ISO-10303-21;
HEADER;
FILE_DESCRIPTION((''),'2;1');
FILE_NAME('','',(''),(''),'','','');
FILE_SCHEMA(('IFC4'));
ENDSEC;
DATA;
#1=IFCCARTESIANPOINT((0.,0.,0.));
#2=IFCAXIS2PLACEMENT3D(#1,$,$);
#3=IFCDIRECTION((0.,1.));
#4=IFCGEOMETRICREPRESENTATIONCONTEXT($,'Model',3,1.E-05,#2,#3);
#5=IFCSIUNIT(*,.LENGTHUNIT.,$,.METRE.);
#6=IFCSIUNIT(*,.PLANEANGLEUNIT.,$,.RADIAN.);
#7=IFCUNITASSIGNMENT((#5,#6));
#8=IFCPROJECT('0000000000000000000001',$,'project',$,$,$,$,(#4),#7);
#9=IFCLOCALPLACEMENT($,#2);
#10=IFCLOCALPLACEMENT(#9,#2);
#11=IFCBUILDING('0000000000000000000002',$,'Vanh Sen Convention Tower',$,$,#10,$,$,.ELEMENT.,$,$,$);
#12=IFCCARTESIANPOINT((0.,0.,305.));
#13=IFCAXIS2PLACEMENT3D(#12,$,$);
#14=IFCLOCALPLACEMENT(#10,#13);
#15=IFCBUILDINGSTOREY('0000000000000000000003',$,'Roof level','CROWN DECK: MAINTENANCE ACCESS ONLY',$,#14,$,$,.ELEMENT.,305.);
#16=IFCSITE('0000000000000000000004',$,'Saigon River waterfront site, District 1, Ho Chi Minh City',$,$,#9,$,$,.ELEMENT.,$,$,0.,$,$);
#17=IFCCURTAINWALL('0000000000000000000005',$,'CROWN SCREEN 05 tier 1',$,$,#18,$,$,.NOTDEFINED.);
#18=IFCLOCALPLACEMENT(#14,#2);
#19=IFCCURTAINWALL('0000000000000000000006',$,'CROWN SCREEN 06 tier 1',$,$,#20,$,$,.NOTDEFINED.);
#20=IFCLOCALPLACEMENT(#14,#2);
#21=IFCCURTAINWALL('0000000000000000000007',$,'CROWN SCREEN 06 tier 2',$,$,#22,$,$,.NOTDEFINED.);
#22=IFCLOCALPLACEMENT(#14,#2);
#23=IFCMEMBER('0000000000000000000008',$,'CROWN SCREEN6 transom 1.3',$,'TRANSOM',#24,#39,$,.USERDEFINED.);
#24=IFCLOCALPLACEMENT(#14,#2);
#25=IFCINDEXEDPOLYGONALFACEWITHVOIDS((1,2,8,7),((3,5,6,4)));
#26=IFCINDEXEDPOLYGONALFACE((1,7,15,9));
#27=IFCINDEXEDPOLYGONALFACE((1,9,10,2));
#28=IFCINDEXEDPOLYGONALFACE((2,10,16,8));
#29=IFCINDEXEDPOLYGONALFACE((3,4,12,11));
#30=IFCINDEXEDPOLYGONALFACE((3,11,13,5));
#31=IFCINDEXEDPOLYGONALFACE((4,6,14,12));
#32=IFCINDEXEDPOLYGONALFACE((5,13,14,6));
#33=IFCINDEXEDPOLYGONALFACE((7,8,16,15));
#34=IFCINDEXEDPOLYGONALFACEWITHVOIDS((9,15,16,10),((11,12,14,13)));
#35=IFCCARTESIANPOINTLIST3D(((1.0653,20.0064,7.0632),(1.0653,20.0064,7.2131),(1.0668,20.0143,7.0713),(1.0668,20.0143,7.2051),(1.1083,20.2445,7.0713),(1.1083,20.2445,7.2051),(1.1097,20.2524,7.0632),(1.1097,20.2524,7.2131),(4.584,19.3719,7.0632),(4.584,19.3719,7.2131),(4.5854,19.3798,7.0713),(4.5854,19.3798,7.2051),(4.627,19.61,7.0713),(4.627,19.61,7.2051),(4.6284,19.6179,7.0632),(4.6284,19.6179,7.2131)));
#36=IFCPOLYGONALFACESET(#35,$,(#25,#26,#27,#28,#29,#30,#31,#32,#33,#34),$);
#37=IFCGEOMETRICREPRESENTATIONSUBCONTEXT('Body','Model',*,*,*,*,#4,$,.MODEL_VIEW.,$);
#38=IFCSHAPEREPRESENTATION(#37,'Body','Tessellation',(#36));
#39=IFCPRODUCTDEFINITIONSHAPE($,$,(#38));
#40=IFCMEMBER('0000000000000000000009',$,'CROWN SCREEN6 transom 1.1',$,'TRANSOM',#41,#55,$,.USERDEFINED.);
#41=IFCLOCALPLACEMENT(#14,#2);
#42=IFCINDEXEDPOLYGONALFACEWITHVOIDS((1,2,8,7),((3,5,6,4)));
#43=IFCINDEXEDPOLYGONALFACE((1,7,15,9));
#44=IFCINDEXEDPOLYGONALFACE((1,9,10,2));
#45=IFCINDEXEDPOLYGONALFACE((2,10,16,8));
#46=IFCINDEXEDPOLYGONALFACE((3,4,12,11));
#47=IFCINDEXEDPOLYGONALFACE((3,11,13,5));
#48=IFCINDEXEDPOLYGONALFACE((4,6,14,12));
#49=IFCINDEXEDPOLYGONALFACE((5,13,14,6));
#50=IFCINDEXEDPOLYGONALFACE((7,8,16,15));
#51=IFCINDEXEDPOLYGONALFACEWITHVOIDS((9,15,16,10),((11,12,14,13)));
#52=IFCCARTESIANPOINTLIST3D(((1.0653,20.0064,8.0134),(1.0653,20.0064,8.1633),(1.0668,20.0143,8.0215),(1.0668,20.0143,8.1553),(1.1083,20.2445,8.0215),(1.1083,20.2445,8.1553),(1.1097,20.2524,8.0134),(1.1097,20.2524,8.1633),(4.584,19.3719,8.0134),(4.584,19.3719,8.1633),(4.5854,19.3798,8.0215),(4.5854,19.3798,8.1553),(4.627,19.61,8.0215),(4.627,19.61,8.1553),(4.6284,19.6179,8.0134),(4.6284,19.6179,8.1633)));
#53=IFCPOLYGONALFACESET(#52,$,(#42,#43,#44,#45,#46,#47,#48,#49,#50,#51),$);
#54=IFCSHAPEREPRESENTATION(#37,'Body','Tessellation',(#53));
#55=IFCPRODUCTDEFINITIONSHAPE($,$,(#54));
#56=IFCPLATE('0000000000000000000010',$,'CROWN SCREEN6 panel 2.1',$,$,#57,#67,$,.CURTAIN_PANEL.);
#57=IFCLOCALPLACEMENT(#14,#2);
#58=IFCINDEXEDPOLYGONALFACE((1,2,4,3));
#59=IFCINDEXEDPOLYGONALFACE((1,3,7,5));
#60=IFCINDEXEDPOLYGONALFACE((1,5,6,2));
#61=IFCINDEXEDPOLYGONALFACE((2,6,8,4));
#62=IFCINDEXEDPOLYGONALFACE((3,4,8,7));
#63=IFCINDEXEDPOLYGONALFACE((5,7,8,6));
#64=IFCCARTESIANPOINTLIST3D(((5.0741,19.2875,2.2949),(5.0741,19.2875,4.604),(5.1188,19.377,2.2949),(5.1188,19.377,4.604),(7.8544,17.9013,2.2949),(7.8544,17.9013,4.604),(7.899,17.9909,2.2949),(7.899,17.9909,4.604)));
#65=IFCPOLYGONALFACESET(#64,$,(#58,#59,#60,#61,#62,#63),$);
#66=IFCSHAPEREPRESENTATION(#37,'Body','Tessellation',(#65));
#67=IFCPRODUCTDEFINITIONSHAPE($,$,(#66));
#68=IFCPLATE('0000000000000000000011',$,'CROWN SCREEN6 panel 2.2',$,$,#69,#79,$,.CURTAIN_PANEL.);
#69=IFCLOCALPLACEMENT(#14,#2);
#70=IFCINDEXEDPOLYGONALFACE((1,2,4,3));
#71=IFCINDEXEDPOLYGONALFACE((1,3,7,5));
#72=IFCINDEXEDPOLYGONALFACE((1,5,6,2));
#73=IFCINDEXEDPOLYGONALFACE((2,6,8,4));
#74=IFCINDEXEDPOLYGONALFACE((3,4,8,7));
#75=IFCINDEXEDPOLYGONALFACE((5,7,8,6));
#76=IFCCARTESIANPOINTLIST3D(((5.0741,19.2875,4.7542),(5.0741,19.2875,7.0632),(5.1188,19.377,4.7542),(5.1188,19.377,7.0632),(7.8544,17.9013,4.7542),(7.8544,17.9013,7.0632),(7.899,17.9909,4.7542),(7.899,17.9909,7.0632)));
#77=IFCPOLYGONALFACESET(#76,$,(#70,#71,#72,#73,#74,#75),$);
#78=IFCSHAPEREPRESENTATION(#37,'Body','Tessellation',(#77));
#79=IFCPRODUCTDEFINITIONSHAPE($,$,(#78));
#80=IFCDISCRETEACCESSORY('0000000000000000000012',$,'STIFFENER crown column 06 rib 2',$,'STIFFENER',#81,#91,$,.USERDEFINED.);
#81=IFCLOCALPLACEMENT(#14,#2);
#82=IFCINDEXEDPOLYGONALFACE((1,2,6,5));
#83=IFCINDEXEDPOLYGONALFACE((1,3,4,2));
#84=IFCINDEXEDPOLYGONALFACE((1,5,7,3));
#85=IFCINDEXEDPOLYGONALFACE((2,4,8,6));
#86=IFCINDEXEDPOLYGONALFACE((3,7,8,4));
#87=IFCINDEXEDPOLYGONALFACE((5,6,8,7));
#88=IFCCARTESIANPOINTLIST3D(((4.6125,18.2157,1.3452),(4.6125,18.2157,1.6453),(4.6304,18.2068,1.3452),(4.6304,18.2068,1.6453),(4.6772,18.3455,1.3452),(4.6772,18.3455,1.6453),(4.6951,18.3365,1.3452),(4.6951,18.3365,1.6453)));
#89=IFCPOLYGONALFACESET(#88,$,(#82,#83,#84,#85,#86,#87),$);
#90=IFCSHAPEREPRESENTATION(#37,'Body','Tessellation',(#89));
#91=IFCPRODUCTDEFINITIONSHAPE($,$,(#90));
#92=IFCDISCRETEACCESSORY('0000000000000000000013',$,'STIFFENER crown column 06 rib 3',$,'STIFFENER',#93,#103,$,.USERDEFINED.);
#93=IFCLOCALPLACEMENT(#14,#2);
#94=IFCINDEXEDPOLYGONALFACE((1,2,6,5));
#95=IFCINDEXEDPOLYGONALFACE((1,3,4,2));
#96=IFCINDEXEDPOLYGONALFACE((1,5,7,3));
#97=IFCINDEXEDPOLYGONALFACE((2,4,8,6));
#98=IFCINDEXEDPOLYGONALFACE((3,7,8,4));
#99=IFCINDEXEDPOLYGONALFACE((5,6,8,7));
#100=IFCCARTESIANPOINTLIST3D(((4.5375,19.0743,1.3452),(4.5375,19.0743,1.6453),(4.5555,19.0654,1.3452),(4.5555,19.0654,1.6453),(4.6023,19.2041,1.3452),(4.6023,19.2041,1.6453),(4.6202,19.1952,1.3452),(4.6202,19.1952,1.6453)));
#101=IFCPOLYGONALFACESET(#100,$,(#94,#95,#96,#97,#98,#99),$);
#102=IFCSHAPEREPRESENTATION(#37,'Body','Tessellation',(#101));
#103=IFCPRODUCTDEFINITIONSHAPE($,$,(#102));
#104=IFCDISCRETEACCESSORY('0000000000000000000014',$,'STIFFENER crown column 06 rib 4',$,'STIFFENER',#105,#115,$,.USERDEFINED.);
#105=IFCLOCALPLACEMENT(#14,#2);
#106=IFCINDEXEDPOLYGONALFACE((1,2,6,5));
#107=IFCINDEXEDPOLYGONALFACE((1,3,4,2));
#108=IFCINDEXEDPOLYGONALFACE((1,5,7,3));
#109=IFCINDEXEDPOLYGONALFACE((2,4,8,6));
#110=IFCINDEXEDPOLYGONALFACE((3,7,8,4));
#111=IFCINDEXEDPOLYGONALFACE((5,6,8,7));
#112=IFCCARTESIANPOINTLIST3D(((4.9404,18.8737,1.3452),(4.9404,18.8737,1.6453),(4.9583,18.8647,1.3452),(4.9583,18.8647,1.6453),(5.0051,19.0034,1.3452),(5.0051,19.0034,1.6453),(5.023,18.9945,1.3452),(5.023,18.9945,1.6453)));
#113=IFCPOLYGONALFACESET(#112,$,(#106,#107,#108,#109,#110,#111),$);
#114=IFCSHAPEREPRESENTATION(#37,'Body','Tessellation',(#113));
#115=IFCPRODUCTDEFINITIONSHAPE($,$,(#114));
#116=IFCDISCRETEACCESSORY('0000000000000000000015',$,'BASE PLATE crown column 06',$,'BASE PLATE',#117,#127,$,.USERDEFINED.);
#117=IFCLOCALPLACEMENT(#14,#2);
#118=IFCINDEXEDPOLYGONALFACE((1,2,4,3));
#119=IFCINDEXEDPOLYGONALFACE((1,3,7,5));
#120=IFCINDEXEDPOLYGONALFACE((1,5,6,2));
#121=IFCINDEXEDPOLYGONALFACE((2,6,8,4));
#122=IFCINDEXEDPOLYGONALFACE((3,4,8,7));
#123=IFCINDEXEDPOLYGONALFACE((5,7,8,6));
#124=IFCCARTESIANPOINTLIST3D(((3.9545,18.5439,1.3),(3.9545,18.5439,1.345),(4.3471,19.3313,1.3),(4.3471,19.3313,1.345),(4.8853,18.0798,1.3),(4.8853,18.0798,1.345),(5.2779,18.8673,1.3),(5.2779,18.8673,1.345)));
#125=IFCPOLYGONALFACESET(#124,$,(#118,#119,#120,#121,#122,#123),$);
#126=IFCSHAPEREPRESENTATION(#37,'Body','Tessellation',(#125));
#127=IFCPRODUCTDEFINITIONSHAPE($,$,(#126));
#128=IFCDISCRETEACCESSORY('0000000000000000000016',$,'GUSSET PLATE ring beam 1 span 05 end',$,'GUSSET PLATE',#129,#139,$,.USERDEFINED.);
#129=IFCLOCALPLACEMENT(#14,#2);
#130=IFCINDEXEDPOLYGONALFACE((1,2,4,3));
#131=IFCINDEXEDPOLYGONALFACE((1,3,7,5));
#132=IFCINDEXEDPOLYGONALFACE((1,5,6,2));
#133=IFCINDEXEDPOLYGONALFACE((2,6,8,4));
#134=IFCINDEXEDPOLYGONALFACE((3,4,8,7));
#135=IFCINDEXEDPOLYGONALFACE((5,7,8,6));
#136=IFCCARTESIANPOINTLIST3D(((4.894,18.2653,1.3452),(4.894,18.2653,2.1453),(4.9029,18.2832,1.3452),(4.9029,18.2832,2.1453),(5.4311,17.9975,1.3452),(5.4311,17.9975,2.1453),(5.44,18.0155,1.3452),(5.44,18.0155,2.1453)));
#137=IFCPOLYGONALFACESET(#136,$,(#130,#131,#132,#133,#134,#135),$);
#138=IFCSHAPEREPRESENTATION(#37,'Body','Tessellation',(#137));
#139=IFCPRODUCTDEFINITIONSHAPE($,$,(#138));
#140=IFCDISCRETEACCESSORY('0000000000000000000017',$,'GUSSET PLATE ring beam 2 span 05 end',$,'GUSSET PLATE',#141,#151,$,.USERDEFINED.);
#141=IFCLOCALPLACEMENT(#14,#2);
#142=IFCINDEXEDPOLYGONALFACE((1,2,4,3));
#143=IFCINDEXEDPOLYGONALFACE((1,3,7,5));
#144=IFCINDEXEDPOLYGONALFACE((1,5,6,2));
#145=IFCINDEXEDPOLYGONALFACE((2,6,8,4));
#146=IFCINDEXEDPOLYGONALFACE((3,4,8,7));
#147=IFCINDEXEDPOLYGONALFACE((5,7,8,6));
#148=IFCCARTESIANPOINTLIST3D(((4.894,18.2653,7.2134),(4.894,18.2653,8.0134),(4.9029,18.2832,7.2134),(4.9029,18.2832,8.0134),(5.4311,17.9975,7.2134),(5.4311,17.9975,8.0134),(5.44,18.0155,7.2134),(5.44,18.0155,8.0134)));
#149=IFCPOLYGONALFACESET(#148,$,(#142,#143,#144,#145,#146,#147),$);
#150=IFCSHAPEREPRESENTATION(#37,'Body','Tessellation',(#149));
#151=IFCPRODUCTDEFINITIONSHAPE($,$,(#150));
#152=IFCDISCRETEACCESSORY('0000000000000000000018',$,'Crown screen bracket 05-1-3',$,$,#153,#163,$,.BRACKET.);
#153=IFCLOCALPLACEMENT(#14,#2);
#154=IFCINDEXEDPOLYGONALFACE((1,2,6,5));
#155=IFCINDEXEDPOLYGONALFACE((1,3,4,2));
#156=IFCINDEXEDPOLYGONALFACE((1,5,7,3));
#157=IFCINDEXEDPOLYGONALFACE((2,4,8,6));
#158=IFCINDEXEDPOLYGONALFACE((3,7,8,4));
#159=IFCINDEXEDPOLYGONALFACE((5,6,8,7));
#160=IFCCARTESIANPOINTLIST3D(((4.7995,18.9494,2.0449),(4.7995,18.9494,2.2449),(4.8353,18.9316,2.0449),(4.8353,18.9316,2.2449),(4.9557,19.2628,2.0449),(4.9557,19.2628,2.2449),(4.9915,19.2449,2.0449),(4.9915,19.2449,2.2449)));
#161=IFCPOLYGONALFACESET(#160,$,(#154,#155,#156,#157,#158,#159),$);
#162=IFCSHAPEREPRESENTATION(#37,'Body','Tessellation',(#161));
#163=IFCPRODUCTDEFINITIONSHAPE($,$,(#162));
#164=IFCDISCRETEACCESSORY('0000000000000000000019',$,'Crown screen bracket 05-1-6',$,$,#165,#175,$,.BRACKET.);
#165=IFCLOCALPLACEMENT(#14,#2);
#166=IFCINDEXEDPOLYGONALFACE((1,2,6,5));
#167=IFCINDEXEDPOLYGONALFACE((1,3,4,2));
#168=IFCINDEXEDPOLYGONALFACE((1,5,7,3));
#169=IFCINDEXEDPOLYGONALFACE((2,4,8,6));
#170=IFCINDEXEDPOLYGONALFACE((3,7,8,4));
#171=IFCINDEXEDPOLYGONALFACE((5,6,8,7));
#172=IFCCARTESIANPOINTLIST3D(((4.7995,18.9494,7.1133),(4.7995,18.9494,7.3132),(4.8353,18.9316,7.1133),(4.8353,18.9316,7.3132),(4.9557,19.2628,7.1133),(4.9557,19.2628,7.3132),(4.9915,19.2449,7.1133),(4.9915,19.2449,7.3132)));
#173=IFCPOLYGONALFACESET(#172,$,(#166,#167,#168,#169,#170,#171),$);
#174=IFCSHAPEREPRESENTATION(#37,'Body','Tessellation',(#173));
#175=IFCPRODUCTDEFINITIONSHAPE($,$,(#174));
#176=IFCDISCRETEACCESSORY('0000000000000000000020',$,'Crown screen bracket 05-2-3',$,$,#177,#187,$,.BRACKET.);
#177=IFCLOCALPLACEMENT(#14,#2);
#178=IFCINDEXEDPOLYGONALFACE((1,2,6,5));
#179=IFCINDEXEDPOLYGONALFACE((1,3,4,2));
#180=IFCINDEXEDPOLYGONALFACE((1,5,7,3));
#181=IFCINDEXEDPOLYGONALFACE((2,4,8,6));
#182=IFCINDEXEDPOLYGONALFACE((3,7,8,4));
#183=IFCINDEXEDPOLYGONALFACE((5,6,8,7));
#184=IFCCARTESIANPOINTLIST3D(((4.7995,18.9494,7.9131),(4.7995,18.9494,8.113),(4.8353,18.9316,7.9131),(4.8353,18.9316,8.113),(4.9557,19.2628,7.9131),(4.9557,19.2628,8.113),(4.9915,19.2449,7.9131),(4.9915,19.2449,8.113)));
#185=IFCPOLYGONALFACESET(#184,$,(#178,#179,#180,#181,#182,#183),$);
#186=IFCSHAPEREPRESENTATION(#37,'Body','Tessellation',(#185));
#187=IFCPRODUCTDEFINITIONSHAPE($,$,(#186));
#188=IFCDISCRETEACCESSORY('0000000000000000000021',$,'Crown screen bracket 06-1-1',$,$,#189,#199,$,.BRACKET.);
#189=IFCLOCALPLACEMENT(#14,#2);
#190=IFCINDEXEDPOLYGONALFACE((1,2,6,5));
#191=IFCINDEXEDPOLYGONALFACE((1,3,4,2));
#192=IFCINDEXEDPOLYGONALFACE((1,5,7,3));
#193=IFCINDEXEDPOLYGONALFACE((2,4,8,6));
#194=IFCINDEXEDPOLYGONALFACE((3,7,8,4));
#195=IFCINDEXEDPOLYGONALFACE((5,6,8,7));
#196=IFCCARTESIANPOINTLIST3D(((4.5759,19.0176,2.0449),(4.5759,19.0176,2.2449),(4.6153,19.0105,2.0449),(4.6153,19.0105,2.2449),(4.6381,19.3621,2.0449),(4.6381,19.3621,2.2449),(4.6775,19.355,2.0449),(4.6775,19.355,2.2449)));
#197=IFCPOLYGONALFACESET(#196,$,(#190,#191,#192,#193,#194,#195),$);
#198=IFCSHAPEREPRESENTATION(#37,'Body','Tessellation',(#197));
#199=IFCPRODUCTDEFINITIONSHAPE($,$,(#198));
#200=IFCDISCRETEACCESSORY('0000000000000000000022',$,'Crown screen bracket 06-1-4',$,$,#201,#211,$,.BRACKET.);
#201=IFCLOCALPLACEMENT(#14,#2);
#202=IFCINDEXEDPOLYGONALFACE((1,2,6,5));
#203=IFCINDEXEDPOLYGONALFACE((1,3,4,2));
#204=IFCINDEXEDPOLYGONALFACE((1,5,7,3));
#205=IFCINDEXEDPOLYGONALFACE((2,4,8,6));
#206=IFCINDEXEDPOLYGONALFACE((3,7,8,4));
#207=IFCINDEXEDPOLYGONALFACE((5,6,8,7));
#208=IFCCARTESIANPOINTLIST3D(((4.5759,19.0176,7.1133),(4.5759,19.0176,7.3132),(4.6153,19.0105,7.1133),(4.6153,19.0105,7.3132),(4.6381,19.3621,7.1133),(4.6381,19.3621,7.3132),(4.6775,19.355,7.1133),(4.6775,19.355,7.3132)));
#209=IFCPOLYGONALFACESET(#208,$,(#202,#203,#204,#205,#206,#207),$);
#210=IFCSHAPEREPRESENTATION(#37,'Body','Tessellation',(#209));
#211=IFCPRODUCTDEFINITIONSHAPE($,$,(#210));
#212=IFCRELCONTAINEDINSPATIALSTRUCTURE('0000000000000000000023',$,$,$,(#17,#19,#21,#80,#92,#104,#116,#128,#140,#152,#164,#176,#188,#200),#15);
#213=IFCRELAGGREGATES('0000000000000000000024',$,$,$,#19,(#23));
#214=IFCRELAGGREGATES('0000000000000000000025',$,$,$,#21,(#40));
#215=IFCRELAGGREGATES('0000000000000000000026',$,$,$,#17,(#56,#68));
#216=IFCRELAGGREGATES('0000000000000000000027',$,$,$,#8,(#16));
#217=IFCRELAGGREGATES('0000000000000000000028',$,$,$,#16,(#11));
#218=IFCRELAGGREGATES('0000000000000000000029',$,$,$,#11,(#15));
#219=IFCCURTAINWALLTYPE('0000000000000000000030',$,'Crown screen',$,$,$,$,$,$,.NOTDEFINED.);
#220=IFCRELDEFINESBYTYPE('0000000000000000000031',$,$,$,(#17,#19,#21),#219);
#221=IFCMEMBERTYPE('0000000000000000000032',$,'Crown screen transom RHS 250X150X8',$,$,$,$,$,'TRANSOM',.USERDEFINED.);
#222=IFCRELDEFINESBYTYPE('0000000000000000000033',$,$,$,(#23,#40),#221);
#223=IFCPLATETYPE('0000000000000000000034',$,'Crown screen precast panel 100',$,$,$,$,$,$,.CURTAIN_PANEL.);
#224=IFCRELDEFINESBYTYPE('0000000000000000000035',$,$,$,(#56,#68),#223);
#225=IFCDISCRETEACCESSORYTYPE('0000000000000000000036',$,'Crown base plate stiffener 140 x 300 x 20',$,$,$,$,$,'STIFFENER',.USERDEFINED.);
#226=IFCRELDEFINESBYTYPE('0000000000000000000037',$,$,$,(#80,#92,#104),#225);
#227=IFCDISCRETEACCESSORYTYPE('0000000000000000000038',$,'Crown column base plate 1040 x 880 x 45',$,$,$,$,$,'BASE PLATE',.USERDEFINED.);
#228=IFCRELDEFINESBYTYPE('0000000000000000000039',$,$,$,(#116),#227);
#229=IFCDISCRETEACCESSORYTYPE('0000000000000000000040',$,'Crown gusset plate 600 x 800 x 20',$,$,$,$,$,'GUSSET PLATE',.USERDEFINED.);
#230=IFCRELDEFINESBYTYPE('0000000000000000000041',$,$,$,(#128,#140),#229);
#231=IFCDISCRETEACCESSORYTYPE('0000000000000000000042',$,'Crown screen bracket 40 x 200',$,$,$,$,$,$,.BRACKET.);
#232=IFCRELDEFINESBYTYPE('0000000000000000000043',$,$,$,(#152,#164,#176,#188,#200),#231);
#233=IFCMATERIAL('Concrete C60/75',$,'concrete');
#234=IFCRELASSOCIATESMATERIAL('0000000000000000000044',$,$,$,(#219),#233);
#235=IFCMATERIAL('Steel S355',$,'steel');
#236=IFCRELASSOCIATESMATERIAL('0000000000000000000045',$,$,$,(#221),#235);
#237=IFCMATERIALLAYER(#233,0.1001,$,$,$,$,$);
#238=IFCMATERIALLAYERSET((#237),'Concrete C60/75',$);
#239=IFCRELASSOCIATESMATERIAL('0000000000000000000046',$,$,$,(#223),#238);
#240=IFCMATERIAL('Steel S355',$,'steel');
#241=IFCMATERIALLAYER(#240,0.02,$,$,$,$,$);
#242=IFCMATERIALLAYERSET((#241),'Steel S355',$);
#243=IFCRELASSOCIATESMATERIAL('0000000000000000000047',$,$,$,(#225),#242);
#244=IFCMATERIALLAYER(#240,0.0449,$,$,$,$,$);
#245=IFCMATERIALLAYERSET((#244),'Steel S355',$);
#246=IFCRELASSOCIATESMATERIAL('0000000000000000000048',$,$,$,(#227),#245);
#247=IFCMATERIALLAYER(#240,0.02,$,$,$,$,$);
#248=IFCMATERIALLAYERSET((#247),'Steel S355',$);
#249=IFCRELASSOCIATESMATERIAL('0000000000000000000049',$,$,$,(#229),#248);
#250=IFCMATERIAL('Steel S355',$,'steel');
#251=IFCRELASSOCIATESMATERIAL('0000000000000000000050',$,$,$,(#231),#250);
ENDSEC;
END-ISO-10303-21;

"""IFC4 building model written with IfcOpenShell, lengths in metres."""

from ifc_helpers import new_model, si_unit, direction, frame, origin, origin_2d, place, context, subcontext, project, spatial, rectangle, hollow_rectangle, extrude, material, layer, layer_set, material_profile, profile_set, type_object, element, aggregate, save


model = new_model("IFC4")

# Units and contexts
model_context = context("Model", 3, precision=1e-05, world=origin(), true_north=direction((0.0, 1.0)))
body_context = subcontext(model_context, "Body", "Model", "MODEL_VIEW")
ifc_project = project(units=[si_unit("LENGTHUNIT", "METRE"), si_unit("PLANEANGLEUNIT", "RADIAN")], contexts=[model_context])

# Site, building, storey
site_placement = place(None, origin())
site = spatial("IfcSite", under=ifc_project, at=site_placement, Name="Saigon River waterfront site, District 1, Ho Chi Minh City", CompositionType="ELEMENT", RefElevation=0.0)
building_placement = place(site_placement, origin())
building = spatial("IfcBuilding", under=site, at=building_placement, Name="Vanh Sen Convention Tower", CompositionType="ELEMENT")
storey_placement = place(building_placement, frame((0.0, 0.0, 305.0)))
storey = spatial("IfcBuildingStorey", under=building, at=storey_placement, Name="Roof level", Description="CROWN DECK: MAINTENANCE ACCESS ONLY", CompositionType="ELEMENT", Elevation=305.0)

# Curtain walls
ifc_material_1 = material(Name="Concrete C60/75", Category="concrete")
curtain_wall_type = type_object("IfcCurtainWallType", Name="Crown screen", PredefinedType="NOTDEFINED", material=ifc_material_1)
curtain_wall_1_placement = place(storey_placement, origin())
curtain_wall_1 = element("IfcCurtainWall", 1, at=curtain_wall_1_placement, inside=storey, type_object=curtain_wall_type, Name="CROWN SCREEN 05 tier 1", PredefinedType="NOTDEFINED")
ifc_material_2 = material(Name="Steel S355", Category="steel")
curtain_wall_2_placement = place(storey_placement, origin())
curtain_wall_2 = element("IfcCurtainWall", 2, at=curtain_wall_2_placement, inside=storey, type_object=curtain_wall_type, Name="CROWN SCREEN 06 tier 1", PredefinedType="NOTDEFINED")
curtain_wall_3_placement = place(storey_placement, origin())
curtain_wall_3 = element("IfcCurtainWall", 3, at=curtain_wall_3_placement, inside=storey, type_object=curtain_wall_type, Name="CROWN SCREEN 06 tier 2", PredefinedType="NOTDEFINED")

# Members
ifc_material_profile_1 = material_profile(ifc_material_2, hollow_rectangle(XDim=0.25, YDim=0.1499, WallThickness=0.0081, at=origin_2d()), Name="RHS 250X150X8")
ifc_profile_set_1 = profile_set([ifc_material_profile_1], Name="Steel S355")
member_type_1 = type_object("IfcMemberType", Name="Crown screen transom RHS 250X150X8", ElementType="TRANSOM", PredefinedType="USERDEFINED", material=ifc_profile_set_1)
member_1_placement = place(storey_placement, frame((4.6062, 19.4949, 7.1382), z_axis=(-0.984128, 0.177461, 0.0), x_axis=(-0.177461, -0.984128, 0.0)))
member_1 = element("IfcMember", 4, at=member_1_placement, type_object=member_type_1, Name="CROWN SCREEN6 transom 1.3", ObjectType="TRANSOM", PredefinedType="USERDEFINED", context=body_context, shape_type="SweptSolid", body=[
    extrude(hollow_rectangle(XDim=0.25, YDim=0.1499, WallThickness=0.0081, at=origin_2d()), origin(), (0.0, 0.0, 1.0), 3.5754),
])
aggregate(curtain_wall_2, [member_1])
member_2_placement = place(storey_placement, frame((4.6062, 19.4949, 8.0884), z_axis=(-0.984128, 0.177461, 0.0), x_axis=(-0.177461, -0.984128, 0.0)))
member_2 = element("IfcMember", 5, at=member_2_placement, type_object=member_type_1, Name="CROWN SCREEN6 transom 1.1", ObjectType="TRANSOM", PredefinedType="USERDEFINED", context=body_context, shape_type="SweptSolid", body=[
    extrude(hollow_rectangle(XDim=0.25, YDim=0.1499, WallThickness=0.0081, at=origin_2d()), origin(), (0.0, 0.0, 1.0), 3.5754),
])
aggregate(curtain_wall_3, [member_2])

# Plates
ifc_layer_1 = layer(ifc_material_1, 0.1001)
ifc_layer_set_1 = layer_set([ifc_layer_1], Name="Concrete C60/75")
plate_type = type_object("IfcPlateType", Name="Crown screen precast panel 100", PredefinedType="CURTAIN_PANEL", material=ifc_layer_set_1)
plate_1_placement = place(storey_placement, frame((6.4866, 18.6392, 2.2949), z_axis=(0.0, 0.0, 1.0), x_axis=(-0.894937, 0.446193, 0.0)))
plate_1 = element("IfcPlate", 6, at=plate_1_placement, type_object=plate_type, Name="CROWN SCREEN6 panel 2.1", PredefinedType="CURTAIN_PANEL", context=body_context, shape_type="SweptSolid", body=[
    extrude(rectangle(XDim=3.1067, YDim=0.1001, at=origin_2d()), origin(), (0.0, 0.0, 1.0), 2.3091),
])
plate_2_placement = place(storey_placement, frame((6.4866, 18.6392, 4.7542), z_axis=(0.0, 0.0, 1.0), x_axis=(-0.894937, 0.446193, 0.0)))
plate_2 = element("IfcPlate", 7, at=plate_2_placement, type_object=plate_type, Name="CROWN SCREEN6 panel 2.2", PredefinedType="CURTAIN_PANEL", context=body_context, shape_type="SweptSolid", body=[
    extrude(rectangle(XDim=3.1067, YDim=0.1001, at=origin_2d()), origin(), (0.0, 0.0, 1.0), 2.3091),
])
aggregate(curtain_wall_1, [plate_1, plate_2])

# Discrete accessories
ifc_material_3 = material(Name="Steel S355", Category="steel")
ifc_layer_2 = layer(ifc_material_3, 0.02)
ifc_layer_set_2 = layer_set([ifc_layer_2], Name="Steel S355")
discrete_accessory_type_1 = type_object("IfcDiscreteAccessoryType", Name="Crown base plate stiffener 140 x 300 x 20", ElementType="STIFFENER", PredefinedType="USERDEFINED", material=ifc_layer_set_2)
for number, where, z_axis, x_axis, name in (
    (8, (4.6538, 18.2761, 1.3452), (0.0, 0.0, 1.0), (-0.446198, -0.894934, 0.0), "STIFFENER crown column 06 rib 2"),
    (9, (4.5789, 19.1348, 1.3452), (0.0, 0.0, 1.0), (-0.446198, -0.894934, 0.0), "STIFFENER crown column 06 rib 3"),
    (10, (4.9817, 18.9341, 1.3452), (0.0, 0.0, 1.0), (-0.446198, -0.894934, 0.0), "STIFFENER crown column 06 rib 4"),
):
    element("IfcDiscreteAccessory", number, at=place(storey_placement, frame(where, z_axis=z_axis, x_axis=x_axis)), inside=storey, type_object=discrete_accessory_type_1, Name=name, ObjectType="STIFFENER", PredefinedType="USERDEFINED", context=body_context, shape_type="SweptSolid", body=[
        extrude(rectangle(XDim=0.145, YDim=0.02, at=origin_2d()), origin(), (0.0, 0.0, 1.0), 0.3),
    ])
ifc_layer_3 = layer(ifc_material_3, 0.0449)
ifc_layer_set_3 = layer_set([ifc_layer_3], Name="Steel S355")
discrete_accessory_type_2 = type_object("IfcDiscreteAccessoryType", Name="Crown column base plate 1040 x 880 x 45", ElementType="BASE PLATE", PredefinedType="USERDEFINED", material=ifc_layer_set_3)
discrete_accessory_placement = place(storey_placement, frame((4.6162, 18.7056, 1.3), z_axis=(0.0, 0.0, 1.0), x_axis=(-0.894934, 0.446198, 0.0)))
element("IfcDiscreteAccessory", 11, at=discrete_accessory_placement, inside=storey, type_object=discrete_accessory_type_2, Name="BASE PLATE crown column 06", ObjectType="BASE PLATE", PredefinedType="USERDEFINED", context=body_context, shape_type="SweptSolid", body=[
    extrude(rectangle(XDim=1.04, YDim=0.8799, at=origin_2d()), origin(), (0.0, 0.0, 1.0), 0.0449),
])
ifc_layer_4 = layer(ifc_material_3, 0.02)
ifc_layer_set_4 = layer_set([ifc_layer_4], Name="Steel S355")
discrete_accessory_type_3 = type_object("IfcDiscreteAccessoryType", Name="Crown gusset plate 600 x 800 x 20", ElementType="GUSSET PLATE", PredefinedType="USERDEFINED", material=ifc_layer_set_4)
for number, where, z_axis, x_axis, name in (
    (12, (5.167, 18.1404, 1.3452), (0.0, 0.0, 1.0), (0.894937, -0.446193, 0.0), "GUSSET PLATE ring beam 1 span 05 end"),
    (13, (5.167, 18.1404, 7.2134), (0.0, 0.0, 1.0), (0.894937, -0.446193, 0.0), "GUSSET PLATE ring beam 2 span 05 end"),
):
    element("IfcDiscreteAccessory", number, at=place(storey_placement, frame(where, z_axis=z_axis, x_axis=x_axis)), inside=storey, type_object=discrete_accessory_type_3, Name=name, ObjectType="GUSSET PLATE", PredefinedType="USERDEFINED", context=body_context, shape_type="SweptSolid", body=[
        extrude(rectangle(XDim=0.6001, YDim=0.02, at=origin_2d()), origin(), (0.0, 0.0, 1.0), 0.8),
    ])
ifc_material_4 = material(Name="Steel S355", Category="steel")
discrete_accessory_type_4 = type_object("IfcDiscreteAccessoryType", Name="Crown screen bracket 40 x 200", PredefinedType="BRACKET", material=ifc_material_4)
for number, where, z_axis, x_axis, name in (
    (14, (4.8955, 19.0972, 2.0449), (0.0, 0.0, 1.0), (0.446193, 0.894937, 0.0), "Crown screen bracket 05-1-3"),
    (15, (4.8955, 19.0972, 7.1133), (0.0, 0.0, 1.0), (0.446193, 0.894937, 0.0), "Crown screen bracket 05-1-6"),
    (16, (4.8955, 19.0972, 7.9131), (0.0, 0.0, 1.0), (0.446193, 0.894937, 0.0), "Crown screen bracket 05-2-3"),
    (17, (4.6267, 19.1863, 2.0449), (0.0, 0.0, 1.0), (0.177495, 0.984122, 0.0), "Crown screen bracket 06-1-1"),
    (18, (4.6267, 19.1863, 7.1133), (0.0, 0.0, 1.0), (0.177495, 0.984122, 0.0), "Crown screen bracket 06-1-4"),
):
    element("IfcDiscreteAccessory", number, at=place(storey_placement, frame(where, z_axis=z_axis, x_axis=x_axis)), inside=storey, type_object=discrete_accessory_type_4, Name=name, PredefinedType="BRACKET", context=body_context, shape_type="SweptSolid", body=[
        extrude(rectangle(XDim=0.3501, YDim=0.04, at=origin_2d()), origin(), (0.0, 0.0, 1.0), 0.2),
    ])

save(model, "model.ifc")
